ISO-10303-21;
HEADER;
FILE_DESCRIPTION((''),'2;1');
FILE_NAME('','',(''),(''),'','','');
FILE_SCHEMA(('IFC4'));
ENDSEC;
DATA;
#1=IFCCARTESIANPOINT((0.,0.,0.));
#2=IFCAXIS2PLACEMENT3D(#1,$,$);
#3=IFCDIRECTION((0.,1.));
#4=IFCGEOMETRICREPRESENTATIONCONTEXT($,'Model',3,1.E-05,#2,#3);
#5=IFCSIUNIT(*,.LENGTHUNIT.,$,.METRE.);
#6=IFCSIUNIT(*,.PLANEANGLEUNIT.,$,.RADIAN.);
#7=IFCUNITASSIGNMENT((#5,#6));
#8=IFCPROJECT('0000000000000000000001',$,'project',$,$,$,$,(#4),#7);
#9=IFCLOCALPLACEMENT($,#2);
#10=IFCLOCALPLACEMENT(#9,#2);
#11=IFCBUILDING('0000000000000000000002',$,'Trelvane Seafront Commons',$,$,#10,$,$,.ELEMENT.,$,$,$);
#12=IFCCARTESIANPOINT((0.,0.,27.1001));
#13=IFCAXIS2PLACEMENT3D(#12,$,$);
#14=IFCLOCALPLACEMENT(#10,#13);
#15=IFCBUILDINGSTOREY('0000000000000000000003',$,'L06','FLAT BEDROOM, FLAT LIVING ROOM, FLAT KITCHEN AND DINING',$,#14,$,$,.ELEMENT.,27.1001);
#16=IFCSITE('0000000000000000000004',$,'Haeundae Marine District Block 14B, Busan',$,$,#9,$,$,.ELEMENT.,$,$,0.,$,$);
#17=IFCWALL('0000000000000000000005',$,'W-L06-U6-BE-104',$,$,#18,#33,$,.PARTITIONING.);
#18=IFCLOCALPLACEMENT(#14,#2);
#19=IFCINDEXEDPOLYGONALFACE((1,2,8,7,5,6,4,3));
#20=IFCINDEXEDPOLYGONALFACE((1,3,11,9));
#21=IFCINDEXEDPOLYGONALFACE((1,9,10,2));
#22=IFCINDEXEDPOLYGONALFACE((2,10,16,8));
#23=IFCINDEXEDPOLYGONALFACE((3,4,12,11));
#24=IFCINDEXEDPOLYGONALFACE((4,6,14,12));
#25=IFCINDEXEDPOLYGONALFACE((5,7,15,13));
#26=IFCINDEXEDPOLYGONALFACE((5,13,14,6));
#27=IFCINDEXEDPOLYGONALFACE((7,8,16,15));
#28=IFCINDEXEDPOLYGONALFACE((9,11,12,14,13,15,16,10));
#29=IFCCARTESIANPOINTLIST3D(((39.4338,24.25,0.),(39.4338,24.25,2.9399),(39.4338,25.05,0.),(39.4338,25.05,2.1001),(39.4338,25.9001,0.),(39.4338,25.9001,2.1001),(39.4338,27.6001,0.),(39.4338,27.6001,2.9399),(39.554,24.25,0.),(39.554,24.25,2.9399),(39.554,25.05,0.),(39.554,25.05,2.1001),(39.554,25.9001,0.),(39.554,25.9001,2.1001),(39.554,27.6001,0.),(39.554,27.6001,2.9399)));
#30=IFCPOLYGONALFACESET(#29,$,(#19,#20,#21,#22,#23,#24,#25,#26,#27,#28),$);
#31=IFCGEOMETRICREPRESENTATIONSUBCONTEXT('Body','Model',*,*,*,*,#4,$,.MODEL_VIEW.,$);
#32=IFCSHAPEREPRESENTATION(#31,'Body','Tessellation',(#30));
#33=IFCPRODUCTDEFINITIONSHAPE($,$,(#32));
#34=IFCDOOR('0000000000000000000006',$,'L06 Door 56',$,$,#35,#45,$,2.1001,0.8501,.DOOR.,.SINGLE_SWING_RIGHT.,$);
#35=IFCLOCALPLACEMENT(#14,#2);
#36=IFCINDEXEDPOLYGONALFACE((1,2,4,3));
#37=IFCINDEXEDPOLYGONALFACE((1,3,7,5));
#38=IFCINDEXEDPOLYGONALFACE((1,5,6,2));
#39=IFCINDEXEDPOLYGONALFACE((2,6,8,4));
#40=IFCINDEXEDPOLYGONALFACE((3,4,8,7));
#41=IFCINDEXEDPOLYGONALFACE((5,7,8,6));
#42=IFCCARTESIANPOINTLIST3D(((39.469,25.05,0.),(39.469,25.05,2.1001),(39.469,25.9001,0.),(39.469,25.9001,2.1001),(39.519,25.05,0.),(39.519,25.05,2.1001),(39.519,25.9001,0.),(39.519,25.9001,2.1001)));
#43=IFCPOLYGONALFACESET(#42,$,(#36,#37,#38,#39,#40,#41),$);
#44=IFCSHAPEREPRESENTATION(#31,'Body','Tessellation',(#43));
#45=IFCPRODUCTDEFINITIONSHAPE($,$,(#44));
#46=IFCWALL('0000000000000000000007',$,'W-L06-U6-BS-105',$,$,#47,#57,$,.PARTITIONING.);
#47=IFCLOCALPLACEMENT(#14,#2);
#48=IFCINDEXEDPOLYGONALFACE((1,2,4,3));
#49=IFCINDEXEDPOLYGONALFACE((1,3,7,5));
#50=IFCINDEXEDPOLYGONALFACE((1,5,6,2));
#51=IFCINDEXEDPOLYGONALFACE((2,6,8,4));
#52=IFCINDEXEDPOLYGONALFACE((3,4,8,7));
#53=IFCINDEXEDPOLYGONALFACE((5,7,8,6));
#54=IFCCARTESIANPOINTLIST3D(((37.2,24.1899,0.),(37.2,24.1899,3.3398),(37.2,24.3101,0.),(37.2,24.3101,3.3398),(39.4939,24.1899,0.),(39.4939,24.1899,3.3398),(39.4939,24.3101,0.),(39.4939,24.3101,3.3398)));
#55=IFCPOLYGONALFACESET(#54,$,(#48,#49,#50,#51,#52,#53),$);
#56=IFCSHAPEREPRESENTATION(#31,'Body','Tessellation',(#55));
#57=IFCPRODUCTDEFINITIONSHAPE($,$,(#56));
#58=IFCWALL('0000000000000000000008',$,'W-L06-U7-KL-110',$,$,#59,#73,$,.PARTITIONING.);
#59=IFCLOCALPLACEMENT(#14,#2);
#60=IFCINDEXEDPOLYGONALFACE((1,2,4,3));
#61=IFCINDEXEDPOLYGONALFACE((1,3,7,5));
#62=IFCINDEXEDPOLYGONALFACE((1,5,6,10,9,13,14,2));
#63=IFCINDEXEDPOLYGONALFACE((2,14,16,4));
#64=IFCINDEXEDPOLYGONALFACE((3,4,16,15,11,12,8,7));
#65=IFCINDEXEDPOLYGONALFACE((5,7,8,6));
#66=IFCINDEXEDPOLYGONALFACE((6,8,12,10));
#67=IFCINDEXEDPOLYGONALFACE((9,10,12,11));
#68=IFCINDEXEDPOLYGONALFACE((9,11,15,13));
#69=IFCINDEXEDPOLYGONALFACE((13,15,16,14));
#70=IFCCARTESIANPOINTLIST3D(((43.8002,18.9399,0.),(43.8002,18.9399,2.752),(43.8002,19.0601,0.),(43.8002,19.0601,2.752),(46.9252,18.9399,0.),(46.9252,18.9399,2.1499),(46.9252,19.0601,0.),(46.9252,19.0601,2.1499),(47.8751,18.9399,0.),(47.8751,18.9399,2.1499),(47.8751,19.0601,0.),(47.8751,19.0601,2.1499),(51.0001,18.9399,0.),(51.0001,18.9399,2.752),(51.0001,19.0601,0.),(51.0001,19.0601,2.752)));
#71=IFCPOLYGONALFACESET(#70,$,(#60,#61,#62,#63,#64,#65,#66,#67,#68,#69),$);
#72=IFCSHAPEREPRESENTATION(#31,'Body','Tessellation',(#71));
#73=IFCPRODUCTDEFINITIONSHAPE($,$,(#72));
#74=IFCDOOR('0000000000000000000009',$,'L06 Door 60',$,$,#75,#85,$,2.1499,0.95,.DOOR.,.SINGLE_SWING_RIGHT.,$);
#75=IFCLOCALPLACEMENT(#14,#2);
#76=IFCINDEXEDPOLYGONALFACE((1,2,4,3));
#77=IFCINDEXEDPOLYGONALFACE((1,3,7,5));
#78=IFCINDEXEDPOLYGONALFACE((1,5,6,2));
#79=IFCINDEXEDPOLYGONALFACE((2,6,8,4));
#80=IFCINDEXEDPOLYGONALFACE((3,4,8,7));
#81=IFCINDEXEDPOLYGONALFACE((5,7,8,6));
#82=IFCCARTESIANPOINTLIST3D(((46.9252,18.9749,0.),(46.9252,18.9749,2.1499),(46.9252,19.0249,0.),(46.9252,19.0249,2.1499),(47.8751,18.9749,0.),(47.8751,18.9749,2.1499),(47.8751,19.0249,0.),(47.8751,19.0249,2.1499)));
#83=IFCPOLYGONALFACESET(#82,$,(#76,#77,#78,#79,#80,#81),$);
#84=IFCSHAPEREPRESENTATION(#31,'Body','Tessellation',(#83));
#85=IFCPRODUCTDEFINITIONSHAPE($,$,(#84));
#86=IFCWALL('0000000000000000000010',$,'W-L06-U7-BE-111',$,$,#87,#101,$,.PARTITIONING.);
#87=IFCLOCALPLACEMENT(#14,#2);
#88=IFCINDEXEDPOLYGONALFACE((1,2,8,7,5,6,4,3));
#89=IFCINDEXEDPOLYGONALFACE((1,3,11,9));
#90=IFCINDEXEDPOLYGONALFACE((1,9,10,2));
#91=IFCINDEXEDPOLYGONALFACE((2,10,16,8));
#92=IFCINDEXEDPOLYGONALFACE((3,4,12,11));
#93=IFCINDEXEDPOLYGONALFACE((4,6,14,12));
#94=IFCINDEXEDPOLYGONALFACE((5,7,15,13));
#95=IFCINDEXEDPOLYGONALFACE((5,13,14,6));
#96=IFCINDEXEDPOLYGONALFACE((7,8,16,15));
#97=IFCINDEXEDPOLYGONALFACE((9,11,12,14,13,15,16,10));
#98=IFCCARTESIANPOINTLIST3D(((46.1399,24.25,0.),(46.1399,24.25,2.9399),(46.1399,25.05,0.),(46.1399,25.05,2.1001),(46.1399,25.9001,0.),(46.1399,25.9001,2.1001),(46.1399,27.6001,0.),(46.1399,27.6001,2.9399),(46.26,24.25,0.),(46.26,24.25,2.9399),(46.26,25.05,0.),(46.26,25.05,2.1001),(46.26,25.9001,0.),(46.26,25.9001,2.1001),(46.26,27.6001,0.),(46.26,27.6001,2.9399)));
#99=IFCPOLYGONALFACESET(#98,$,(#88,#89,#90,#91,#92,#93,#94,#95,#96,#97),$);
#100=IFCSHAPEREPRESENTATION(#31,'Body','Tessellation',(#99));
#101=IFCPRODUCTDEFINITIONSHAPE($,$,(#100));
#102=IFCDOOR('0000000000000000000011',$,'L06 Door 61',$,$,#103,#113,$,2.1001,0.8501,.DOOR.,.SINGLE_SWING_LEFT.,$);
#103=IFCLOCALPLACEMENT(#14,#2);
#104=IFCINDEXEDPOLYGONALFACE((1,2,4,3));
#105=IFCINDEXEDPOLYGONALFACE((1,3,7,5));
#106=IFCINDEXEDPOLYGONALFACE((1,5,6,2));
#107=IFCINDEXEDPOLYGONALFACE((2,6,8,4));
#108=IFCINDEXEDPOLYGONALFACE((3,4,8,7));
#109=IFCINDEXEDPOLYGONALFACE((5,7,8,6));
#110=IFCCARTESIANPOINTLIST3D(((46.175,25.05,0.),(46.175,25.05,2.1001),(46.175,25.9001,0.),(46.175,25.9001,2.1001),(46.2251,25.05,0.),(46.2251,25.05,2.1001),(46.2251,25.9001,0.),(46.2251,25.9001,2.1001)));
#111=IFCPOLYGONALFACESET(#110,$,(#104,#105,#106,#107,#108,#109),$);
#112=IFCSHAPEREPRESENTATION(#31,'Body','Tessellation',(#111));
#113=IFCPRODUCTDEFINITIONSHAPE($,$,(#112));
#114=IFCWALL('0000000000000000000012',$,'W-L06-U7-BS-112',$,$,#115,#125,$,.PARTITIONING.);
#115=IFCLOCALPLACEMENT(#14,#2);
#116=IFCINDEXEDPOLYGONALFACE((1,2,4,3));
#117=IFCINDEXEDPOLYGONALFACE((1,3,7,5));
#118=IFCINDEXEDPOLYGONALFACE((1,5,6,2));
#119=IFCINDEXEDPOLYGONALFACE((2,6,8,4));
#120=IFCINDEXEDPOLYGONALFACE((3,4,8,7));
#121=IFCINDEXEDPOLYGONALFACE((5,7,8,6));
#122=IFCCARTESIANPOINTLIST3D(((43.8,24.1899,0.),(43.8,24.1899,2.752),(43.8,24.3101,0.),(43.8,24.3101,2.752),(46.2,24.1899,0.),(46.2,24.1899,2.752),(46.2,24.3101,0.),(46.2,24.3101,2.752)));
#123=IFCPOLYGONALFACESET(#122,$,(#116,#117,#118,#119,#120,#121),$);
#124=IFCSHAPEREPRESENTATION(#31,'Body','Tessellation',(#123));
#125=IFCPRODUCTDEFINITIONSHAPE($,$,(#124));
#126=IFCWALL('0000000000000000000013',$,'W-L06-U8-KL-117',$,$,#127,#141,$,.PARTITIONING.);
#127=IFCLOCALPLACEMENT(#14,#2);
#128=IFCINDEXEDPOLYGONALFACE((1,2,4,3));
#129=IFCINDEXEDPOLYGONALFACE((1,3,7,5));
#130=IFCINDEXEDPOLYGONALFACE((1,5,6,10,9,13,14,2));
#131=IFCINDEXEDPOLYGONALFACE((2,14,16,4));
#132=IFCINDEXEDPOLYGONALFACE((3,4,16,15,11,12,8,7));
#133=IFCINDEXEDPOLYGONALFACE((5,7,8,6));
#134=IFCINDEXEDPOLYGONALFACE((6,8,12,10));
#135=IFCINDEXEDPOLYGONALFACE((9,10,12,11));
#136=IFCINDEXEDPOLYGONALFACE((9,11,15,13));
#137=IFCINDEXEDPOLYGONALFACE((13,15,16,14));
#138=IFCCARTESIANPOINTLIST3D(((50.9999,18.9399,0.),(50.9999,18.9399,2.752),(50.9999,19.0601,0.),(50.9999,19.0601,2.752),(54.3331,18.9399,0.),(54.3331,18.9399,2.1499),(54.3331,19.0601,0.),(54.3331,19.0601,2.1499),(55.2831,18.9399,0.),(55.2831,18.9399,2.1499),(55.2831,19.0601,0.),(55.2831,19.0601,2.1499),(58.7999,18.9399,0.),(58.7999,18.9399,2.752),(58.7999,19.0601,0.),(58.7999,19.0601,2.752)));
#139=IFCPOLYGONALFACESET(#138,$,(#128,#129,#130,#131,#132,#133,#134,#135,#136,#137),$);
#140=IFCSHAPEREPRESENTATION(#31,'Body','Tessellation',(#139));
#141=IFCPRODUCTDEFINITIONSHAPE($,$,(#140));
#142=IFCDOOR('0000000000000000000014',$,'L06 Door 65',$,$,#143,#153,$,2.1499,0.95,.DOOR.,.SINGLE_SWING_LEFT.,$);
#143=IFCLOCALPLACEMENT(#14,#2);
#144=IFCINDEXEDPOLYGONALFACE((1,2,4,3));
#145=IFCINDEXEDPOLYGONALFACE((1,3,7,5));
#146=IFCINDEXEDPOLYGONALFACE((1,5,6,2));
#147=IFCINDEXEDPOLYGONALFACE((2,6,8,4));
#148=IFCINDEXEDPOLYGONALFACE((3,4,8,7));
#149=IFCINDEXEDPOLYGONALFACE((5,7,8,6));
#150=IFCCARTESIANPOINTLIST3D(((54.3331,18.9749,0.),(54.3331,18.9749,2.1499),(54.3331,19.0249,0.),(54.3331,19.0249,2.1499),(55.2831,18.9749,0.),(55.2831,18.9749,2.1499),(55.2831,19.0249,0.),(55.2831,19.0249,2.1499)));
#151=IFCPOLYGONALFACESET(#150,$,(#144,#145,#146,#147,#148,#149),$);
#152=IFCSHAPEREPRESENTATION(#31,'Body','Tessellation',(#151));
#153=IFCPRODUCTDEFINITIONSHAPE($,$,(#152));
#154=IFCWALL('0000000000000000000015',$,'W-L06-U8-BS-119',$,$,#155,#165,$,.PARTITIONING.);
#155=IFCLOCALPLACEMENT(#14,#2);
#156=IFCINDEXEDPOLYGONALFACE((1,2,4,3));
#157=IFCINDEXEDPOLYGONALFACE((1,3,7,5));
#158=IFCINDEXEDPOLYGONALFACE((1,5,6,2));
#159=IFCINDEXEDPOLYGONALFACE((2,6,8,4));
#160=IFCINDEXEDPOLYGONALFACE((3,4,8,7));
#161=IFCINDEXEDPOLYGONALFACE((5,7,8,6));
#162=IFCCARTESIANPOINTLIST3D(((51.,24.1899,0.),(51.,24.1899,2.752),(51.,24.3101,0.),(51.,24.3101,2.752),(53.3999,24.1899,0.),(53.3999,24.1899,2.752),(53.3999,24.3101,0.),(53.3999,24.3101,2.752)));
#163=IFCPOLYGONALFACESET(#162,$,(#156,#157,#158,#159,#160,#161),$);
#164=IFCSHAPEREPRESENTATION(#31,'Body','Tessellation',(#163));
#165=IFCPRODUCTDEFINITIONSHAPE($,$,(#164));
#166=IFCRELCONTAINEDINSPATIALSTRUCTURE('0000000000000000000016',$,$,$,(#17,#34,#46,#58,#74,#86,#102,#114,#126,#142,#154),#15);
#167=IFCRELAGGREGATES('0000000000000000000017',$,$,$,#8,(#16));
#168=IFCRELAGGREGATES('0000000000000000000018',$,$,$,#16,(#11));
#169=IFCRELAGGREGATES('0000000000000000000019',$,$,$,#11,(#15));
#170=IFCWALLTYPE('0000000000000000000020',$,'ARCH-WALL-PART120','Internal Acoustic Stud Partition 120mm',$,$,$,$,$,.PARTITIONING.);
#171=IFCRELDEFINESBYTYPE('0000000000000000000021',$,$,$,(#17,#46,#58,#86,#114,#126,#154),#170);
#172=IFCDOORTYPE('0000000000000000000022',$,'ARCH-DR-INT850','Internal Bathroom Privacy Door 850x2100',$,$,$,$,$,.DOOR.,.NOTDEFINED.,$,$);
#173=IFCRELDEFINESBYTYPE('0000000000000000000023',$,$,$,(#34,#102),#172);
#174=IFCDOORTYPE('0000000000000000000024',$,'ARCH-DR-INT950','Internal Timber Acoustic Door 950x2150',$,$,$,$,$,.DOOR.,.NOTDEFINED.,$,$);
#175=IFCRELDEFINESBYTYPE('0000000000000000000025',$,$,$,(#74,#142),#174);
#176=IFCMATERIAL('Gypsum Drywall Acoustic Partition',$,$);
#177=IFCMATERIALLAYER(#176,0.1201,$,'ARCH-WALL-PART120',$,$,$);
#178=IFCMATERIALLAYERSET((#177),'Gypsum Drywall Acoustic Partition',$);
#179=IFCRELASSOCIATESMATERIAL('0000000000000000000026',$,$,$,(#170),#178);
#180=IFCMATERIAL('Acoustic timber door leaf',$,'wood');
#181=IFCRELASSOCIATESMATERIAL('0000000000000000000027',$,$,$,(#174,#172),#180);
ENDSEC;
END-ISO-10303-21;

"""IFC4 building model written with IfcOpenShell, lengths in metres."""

from ifc_helpers import new_model, si_unit, direction, frame, frame_2d, origin, place, context, subcontext, project, spatial, rectangle, extrude, source, transform, mapped, material, layer, layer_set, type_object, element, fill, save


model = new_model("IFC4")

# Units and contexts
model_context = context("Model", 3, precision=1e-05, world=origin(), true_north=direction((0.0, 1.0)))
body_context = subcontext(model_context, "Body", "Model", "MODEL_VIEW")
ifc_project = project(units=[si_unit("LENGTHUNIT", "METRE"), si_unit("PLANEANGLEUNIT", "RADIAN")], contexts=[model_context])

# Site, building, storey
site_placement = place(None, origin())
site = spatial("IfcSite", under=ifc_project, at=site_placement, Name="Haeundae Marine District Block 14B, Busan", CompositionType="ELEMENT", RefElevation=0.0)
building_placement = place(site_placement, origin())
building = spatial("IfcBuilding", under=site, at=building_placement, Name="Trelvane Seafront Commons", CompositionType="ELEMENT")
storey_placement = place(building_placement, frame((0.0, 0.0, 27.1001)))
storey = spatial("IfcBuildingStorey", under=building, at=storey_placement, Name="L06", Description="FLAT BEDROOM, FLAT LIVING ROOM, FLAT KITCHEN AND DINING", CompositionType="ELEMENT", Elevation=27.1001)

# Wall, opening, door
ifc_material_1 = material(Name="Gypsum Drywall Acoustic Partition")
ifc_layer = layer(ifc_material_1, 0.1201, Name="ARCH-WALL-PART120")
ifc_layer_set = layer_set([ifc_layer], Name="Gypsum Drywall Acoustic Partition")
wall_type = type_object("IfcWallType", Name="ARCH-WALL-PART120", Description="Internal Acoustic Stud Partition 120mm", PredefinedType="PARTITIONING", material=ifc_layer_set)
ifc_material_2 = material(Name="Acoustic timber door leaf", Category="wood")
door_type_1 = type_object("IfcDoorType", Name="ARCH-DR-INT950", Description="Internal Timber Acoustic Door 950x2150", OperationType="NOTDEFINED", PredefinedType="DOOR", material=ifc_material_2)
shared_shape_1 = source(origin(), body_context, "Body", "SweptSolid", [
    extrude(rectangle(XDim=0.95, YDim=2.1499, at=frame_2d((0.4751, 1.075))), frame((0.0, 0.0249, 0.0), z_axis=(0.0, -1.0, 0.0), x_axis=(1.0, 0.0, 0.0)), (0.0, 0.0, 1.0), 0.05),
])
wall_1_placement = place(storey_placement, frame((39.4939, 24.25, 0.0), z_axis=(0.0, 0.0, 1.0), x_axis=(0.0, 1.0, 0.0)))
wall_1 = element("IfcWall", 1, at=wall_1_placement, inside=storey, type_object=wall_type, Name="W-L06-U6-BE-104", PredefinedType="PARTITIONING", context=body_context, shape_type="SweptSolid", body=[
    extrude(rectangle(XDim=3.3501, YDim=0.1201, at=frame_2d((1.675, 0.0))), origin(), (0.0, 0.0, 1.0), 2.9399),
])
opening_1_placement = place(wall_1_placement, frame((0.8, 0.0, 0.0)))
opening_1 = element("IfcOpeningElement", 2, at=opening_1_placement, cuts=wall_1, PredefinedType="OPENING", context=body_context, shape_type="SweptSolid", body=[
    extrude(rectangle(XDim=0.8501, YDim=2.1001, at=frame_2d((0.425, 1.05))), frame((0.0, 0.0701, 0.0), z_axis=(0.0, -1.0, 0.0), x_axis=(1.0, 0.0, 0.0)), (0.0, 0.0, 1.0), 0.1401),
])
door_type_2 = type_object("IfcDoorType", Name="ARCH-DR-INT850", Description="Internal Bathroom Privacy Door 850x2100", OperationType="NOTDEFINED", PredefinedType="DOOR", material=ifc_material_2)
shared_shape_2 = source(origin(), body_context, "Body", "SweptSolid", [
    extrude(rectangle(XDim=0.8501, YDim=2.1001, at=frame_2d((0.425, 1.05))), frame((0.0, 0.0249, 0.0), z_axis=(0.0, -1.0, 0.0), x_axis=(1.0, 0.0, 0.0)), (0.0, 0.0, 1.0), 0.05),
])
door_1_placement = place(opening_1_placement, origin())
door_1 = element("IfcDoor", 3, at=door_1_placement, inside=storey, type_object=door_type_2, Name="L06 Door 56", OperationType="SINGLE_SWING_RIGHT", OverallHeight=2.1001, OverallWidth=0.8501, PredefinedType="DOOR", context=body_context, shape_type="MappedRepresentation", body=[
    mapped(shared_shape_2, transform((0.0, 0.0, 0.0), x_axis=(1.0, 0.0, 0.0), y_axis=(0.0, 1.0, 0.0), z_axis=(0.0, 0.0, 1.0), scale=1.0)),
])
fill(opening_1, door_1)

# Wall
wall_2_placement = place(storey_placement, frame((37.2, 24.25, 0.0), z_axis=(0.0, 0.0, 1.0), x_axis=(1.0, 0.0, 0.0)))
element("IfcWall", 4, at=wall_2_placement, inside=storey, type_object=wall_type, Name="W-L06-U6-BS-105", PredefinedType="PARTITIONING", context=body_context, shape_type="SweptSolid", body=[
    extrude(rectangle(XDim=2.2939, YDim=0.1201, at=frame_2d((1.147, 0.0))), origin(), (0.0, 0.0, 1.0), 3.3398),
])

# Walls, openings, doors
wall_3_placement = place(storey_placement, frame((43.8, 19.0, 0.0), z_axis=(0.0, 0.0, 1.0), x_axis=(1.0, 0.0, 0.0)))
wall_3 = element("IfcWall", 5, at=wall_3_placement, inside=storey, type_object=wall_type, Name="W-L06-U7-KL-110", PredefinedType="PARTITIONING", context=body_context, shape_type="SweptSolid", body=[
    extrude(rectangle(XDim=7.2, YDim=0.1201, at=frame_2d((3.6001, 0.0))), origin(), (0.0, 0.0, 1.0), 2.752),
])
opening_2_placement = place(wall_3_placement, frame((3.125, 0.0, 0.0)))
opening_2 = element("IfcOpeningElement", 6, at=opening_2_placement, cuts=wall_3, PredefinedType="OPENING", context=body_context, shape_type="SweptSolid", body=[
    extrude(rectangle(XDim=0.95, YDim=2.1499, at=frame_2d((0.4751, 1.075))), frame((0.0, 0.0701, 0.0), z_axis=(0.0, -1.0, 0.0), x_axis=(1.0, 0.0, 0.0)), (0.0, 0.0, 1.0), 0.1401),
])
door_2_placement = place(opening_2_placement, origin())
door_2 = element("IfcDoor", 7, at=door_2_placement, inside=storey, type_object=door_type_1, Name="L06 Door 60", OperationType="SINGLE_SWING_RIGHT", OverallHeight=2.1499, OverallWidth=0.95, PredefinedType="DOOR", context=body_context, shape_type="MappedRepresentation", body=[
    mapped(shared_shape_1, transform((0.0, 0.0, 0.0), x_axis=(1.0, 0.0, 0.0), y_axis=(0.0, 1.0, 0.0), z_axis=(0.0, 0.0, 1.0), scale=1.0)),
])
fill(opening_2, door_2)
wall_4_placement = place(storey_placement, frame((46.2, 24.25, 0.0), z_axis=(0.0, 0.0, 1.0), x_axis=(0.0, 1.0, 0.0)))
wall_4 = element("IfcWall", 8, at=wall_4_placement, inside=storey, type_object=wall_type, Name="W-L06-U7-BE-111", PredefinedType="PARTITIONING", context=body_context, shape_type="SweptSolid", body=[
    extrude(rectangle(XDim=3.3501, YDim=0.1201, at=frame_2d((1.675, 0.0))), origin(), (0.0, 0.0, 1.0), 2.9399),
])
opening_3_placement = place(wall_4_placement, frame((0.8, 0.0, 0.0)))
opening_3 = element("IfcOpeningElement", 9, at=opening_3_placement, cuts=wall_4, PredefinedType="OPENING", context=body_context, shape_type="SweptSolid", body=[
    extrude(rectangle(XDim=0.8501, YDim=2.1001, at=frame_2d((0.425, 1.05))), frame((0.0, 0.0701, 0.0), z_axis=(0.0, -1.0, 0.0), x_axis=(1.0, 0.0, 0.0)), (0.0, 0.0, 1.0), 0.1401),
])
door_3_placement = place(opening_3_placement, origin())
door_3 = element("IfcDoor", 10, at=door_3_placement, inside=storey, type_object=door_type_2, Name="L06 Door 61", OperationType="SINGLE_SWING_LEFT", OverallHeight=2.1001, OverallWidth=0.8501, PredefinedType="DOOR", context=body_context, shape_type="MappedRepresentation", body=[
    mapped(shared_shape_2, transform((0.0, 0.0, 0.0), x_axis=(1.0, 0.0, 0.0), y_axis=(0.0, 1.0, 0.0), z_axis=(0.0, 0.0, 1.0), scale=1.0)),
])
fill(opening_3, door_3)

# Wall
wall_5_placement = place(storey_placement, frame((43.8, 24.25, 0.0), z_axis=(0.0, 0.0, 1.0), x_axis=(1.0, 0.0, 0.0)))
element("IfcWall", 11, at=wall_5_placement, inside=storey, type_object=wall_type, Name="W-L06-U7-BS-112", PredefinedType="PARTITIONING", context=body_context, shape_type="SweptSolid", body=[
    extrude(rectangle(XDim=2.3999, YDim=0.1201, at=frame_2d((1.2, 0.0))), origin(), (0.0, 0.0, 1.0), 2.752),
])

# Wall, opening, door
wall_6_placement = place(storey_placement, frame((51.0, 19.0, 0.0), z_axis=(0.0, 0.0, 1.0), x_axis=(1.0, 0.0, 0.0)))
wall_6 = element("IfcWall", 12, at=wall_6_placement, inside=storey, type_object=wall_type, Name="W-L06-U8-KL-117", PredefinedType="PARTITIONING", context=body_context, shape_type="SweptSolid", body=[
    extrude(rectangle(XDim=7.8, YDim=0.1201, at=frame_2d((3.8999, 0.0))), origin(), (0.0, 0.0, 1.0), 2.752),
])
opening_4_placement = place(wall_6_placement, frame((3.333, 0.0, 0.0)))
opening_4 = element("IfcOpeningElement", 13, at=opening_4_placement, cuts=wall_6, PredefinedType="OPENING", context=body_context, shape_type="SweptSolid", body=[
    extrude(rectangle(XDim=0.95, YDim=2.1499, at=frame_2d((0.4751, 1.075))), frame((0.0, 0.0701, 0.0), z_axis=(0.0, -1.0, 0.0), x_axis=(1.0, 0.0, 0.0)), (0.0, 0.0, 1.0), 0.1401),
])
door_4_placement = place(opening_4_placement, origin())
door_4 = element("IfcDoor", 14, at=door_4_placement, inside=storey, type_object=door_type_1, Name="L06 Door 65", OperationType="SINGLE_SWING_LEFT", OverallHeight=2.1499, OverallWidth=0.95, PredefinedType="DOOR", context=body_context, shape_type="MappedRepresentation", body=[
    mapped(shared_shape_1, transform((0.0, 0.0, 0.0), x_axis=(1.0, 0.0, 0.0), y_axis=(0.0, 1.0, 0.0), z_axis=(0.0, 0.0, 1.0), scale=1.0)),
])
fill(opening_4, door_4)

# Wall
wall_7_placement = place(storey_placement, frame((51.0, 24.25, 0.0), z_axis=(0.0, 0.0, 1.0), x_axis=(1.0, 0.0, 0.0)))
element("IfcWall", 15, at=wall_7_placement, inside=storey, type_object=wall_type, Name="W-L06-U8-BS-119", PredefinedType="PARTITIONING", context=body_context, shape_type="SweptSolid", body=[
    extrude(rectangle(XDim=2.3999, YDim=0.1201, at=frame_2d((1.2, 0.0))), origin(), (0.0, 0.0, 1.0), 2.752),
])

save(model, "model.ifc")
